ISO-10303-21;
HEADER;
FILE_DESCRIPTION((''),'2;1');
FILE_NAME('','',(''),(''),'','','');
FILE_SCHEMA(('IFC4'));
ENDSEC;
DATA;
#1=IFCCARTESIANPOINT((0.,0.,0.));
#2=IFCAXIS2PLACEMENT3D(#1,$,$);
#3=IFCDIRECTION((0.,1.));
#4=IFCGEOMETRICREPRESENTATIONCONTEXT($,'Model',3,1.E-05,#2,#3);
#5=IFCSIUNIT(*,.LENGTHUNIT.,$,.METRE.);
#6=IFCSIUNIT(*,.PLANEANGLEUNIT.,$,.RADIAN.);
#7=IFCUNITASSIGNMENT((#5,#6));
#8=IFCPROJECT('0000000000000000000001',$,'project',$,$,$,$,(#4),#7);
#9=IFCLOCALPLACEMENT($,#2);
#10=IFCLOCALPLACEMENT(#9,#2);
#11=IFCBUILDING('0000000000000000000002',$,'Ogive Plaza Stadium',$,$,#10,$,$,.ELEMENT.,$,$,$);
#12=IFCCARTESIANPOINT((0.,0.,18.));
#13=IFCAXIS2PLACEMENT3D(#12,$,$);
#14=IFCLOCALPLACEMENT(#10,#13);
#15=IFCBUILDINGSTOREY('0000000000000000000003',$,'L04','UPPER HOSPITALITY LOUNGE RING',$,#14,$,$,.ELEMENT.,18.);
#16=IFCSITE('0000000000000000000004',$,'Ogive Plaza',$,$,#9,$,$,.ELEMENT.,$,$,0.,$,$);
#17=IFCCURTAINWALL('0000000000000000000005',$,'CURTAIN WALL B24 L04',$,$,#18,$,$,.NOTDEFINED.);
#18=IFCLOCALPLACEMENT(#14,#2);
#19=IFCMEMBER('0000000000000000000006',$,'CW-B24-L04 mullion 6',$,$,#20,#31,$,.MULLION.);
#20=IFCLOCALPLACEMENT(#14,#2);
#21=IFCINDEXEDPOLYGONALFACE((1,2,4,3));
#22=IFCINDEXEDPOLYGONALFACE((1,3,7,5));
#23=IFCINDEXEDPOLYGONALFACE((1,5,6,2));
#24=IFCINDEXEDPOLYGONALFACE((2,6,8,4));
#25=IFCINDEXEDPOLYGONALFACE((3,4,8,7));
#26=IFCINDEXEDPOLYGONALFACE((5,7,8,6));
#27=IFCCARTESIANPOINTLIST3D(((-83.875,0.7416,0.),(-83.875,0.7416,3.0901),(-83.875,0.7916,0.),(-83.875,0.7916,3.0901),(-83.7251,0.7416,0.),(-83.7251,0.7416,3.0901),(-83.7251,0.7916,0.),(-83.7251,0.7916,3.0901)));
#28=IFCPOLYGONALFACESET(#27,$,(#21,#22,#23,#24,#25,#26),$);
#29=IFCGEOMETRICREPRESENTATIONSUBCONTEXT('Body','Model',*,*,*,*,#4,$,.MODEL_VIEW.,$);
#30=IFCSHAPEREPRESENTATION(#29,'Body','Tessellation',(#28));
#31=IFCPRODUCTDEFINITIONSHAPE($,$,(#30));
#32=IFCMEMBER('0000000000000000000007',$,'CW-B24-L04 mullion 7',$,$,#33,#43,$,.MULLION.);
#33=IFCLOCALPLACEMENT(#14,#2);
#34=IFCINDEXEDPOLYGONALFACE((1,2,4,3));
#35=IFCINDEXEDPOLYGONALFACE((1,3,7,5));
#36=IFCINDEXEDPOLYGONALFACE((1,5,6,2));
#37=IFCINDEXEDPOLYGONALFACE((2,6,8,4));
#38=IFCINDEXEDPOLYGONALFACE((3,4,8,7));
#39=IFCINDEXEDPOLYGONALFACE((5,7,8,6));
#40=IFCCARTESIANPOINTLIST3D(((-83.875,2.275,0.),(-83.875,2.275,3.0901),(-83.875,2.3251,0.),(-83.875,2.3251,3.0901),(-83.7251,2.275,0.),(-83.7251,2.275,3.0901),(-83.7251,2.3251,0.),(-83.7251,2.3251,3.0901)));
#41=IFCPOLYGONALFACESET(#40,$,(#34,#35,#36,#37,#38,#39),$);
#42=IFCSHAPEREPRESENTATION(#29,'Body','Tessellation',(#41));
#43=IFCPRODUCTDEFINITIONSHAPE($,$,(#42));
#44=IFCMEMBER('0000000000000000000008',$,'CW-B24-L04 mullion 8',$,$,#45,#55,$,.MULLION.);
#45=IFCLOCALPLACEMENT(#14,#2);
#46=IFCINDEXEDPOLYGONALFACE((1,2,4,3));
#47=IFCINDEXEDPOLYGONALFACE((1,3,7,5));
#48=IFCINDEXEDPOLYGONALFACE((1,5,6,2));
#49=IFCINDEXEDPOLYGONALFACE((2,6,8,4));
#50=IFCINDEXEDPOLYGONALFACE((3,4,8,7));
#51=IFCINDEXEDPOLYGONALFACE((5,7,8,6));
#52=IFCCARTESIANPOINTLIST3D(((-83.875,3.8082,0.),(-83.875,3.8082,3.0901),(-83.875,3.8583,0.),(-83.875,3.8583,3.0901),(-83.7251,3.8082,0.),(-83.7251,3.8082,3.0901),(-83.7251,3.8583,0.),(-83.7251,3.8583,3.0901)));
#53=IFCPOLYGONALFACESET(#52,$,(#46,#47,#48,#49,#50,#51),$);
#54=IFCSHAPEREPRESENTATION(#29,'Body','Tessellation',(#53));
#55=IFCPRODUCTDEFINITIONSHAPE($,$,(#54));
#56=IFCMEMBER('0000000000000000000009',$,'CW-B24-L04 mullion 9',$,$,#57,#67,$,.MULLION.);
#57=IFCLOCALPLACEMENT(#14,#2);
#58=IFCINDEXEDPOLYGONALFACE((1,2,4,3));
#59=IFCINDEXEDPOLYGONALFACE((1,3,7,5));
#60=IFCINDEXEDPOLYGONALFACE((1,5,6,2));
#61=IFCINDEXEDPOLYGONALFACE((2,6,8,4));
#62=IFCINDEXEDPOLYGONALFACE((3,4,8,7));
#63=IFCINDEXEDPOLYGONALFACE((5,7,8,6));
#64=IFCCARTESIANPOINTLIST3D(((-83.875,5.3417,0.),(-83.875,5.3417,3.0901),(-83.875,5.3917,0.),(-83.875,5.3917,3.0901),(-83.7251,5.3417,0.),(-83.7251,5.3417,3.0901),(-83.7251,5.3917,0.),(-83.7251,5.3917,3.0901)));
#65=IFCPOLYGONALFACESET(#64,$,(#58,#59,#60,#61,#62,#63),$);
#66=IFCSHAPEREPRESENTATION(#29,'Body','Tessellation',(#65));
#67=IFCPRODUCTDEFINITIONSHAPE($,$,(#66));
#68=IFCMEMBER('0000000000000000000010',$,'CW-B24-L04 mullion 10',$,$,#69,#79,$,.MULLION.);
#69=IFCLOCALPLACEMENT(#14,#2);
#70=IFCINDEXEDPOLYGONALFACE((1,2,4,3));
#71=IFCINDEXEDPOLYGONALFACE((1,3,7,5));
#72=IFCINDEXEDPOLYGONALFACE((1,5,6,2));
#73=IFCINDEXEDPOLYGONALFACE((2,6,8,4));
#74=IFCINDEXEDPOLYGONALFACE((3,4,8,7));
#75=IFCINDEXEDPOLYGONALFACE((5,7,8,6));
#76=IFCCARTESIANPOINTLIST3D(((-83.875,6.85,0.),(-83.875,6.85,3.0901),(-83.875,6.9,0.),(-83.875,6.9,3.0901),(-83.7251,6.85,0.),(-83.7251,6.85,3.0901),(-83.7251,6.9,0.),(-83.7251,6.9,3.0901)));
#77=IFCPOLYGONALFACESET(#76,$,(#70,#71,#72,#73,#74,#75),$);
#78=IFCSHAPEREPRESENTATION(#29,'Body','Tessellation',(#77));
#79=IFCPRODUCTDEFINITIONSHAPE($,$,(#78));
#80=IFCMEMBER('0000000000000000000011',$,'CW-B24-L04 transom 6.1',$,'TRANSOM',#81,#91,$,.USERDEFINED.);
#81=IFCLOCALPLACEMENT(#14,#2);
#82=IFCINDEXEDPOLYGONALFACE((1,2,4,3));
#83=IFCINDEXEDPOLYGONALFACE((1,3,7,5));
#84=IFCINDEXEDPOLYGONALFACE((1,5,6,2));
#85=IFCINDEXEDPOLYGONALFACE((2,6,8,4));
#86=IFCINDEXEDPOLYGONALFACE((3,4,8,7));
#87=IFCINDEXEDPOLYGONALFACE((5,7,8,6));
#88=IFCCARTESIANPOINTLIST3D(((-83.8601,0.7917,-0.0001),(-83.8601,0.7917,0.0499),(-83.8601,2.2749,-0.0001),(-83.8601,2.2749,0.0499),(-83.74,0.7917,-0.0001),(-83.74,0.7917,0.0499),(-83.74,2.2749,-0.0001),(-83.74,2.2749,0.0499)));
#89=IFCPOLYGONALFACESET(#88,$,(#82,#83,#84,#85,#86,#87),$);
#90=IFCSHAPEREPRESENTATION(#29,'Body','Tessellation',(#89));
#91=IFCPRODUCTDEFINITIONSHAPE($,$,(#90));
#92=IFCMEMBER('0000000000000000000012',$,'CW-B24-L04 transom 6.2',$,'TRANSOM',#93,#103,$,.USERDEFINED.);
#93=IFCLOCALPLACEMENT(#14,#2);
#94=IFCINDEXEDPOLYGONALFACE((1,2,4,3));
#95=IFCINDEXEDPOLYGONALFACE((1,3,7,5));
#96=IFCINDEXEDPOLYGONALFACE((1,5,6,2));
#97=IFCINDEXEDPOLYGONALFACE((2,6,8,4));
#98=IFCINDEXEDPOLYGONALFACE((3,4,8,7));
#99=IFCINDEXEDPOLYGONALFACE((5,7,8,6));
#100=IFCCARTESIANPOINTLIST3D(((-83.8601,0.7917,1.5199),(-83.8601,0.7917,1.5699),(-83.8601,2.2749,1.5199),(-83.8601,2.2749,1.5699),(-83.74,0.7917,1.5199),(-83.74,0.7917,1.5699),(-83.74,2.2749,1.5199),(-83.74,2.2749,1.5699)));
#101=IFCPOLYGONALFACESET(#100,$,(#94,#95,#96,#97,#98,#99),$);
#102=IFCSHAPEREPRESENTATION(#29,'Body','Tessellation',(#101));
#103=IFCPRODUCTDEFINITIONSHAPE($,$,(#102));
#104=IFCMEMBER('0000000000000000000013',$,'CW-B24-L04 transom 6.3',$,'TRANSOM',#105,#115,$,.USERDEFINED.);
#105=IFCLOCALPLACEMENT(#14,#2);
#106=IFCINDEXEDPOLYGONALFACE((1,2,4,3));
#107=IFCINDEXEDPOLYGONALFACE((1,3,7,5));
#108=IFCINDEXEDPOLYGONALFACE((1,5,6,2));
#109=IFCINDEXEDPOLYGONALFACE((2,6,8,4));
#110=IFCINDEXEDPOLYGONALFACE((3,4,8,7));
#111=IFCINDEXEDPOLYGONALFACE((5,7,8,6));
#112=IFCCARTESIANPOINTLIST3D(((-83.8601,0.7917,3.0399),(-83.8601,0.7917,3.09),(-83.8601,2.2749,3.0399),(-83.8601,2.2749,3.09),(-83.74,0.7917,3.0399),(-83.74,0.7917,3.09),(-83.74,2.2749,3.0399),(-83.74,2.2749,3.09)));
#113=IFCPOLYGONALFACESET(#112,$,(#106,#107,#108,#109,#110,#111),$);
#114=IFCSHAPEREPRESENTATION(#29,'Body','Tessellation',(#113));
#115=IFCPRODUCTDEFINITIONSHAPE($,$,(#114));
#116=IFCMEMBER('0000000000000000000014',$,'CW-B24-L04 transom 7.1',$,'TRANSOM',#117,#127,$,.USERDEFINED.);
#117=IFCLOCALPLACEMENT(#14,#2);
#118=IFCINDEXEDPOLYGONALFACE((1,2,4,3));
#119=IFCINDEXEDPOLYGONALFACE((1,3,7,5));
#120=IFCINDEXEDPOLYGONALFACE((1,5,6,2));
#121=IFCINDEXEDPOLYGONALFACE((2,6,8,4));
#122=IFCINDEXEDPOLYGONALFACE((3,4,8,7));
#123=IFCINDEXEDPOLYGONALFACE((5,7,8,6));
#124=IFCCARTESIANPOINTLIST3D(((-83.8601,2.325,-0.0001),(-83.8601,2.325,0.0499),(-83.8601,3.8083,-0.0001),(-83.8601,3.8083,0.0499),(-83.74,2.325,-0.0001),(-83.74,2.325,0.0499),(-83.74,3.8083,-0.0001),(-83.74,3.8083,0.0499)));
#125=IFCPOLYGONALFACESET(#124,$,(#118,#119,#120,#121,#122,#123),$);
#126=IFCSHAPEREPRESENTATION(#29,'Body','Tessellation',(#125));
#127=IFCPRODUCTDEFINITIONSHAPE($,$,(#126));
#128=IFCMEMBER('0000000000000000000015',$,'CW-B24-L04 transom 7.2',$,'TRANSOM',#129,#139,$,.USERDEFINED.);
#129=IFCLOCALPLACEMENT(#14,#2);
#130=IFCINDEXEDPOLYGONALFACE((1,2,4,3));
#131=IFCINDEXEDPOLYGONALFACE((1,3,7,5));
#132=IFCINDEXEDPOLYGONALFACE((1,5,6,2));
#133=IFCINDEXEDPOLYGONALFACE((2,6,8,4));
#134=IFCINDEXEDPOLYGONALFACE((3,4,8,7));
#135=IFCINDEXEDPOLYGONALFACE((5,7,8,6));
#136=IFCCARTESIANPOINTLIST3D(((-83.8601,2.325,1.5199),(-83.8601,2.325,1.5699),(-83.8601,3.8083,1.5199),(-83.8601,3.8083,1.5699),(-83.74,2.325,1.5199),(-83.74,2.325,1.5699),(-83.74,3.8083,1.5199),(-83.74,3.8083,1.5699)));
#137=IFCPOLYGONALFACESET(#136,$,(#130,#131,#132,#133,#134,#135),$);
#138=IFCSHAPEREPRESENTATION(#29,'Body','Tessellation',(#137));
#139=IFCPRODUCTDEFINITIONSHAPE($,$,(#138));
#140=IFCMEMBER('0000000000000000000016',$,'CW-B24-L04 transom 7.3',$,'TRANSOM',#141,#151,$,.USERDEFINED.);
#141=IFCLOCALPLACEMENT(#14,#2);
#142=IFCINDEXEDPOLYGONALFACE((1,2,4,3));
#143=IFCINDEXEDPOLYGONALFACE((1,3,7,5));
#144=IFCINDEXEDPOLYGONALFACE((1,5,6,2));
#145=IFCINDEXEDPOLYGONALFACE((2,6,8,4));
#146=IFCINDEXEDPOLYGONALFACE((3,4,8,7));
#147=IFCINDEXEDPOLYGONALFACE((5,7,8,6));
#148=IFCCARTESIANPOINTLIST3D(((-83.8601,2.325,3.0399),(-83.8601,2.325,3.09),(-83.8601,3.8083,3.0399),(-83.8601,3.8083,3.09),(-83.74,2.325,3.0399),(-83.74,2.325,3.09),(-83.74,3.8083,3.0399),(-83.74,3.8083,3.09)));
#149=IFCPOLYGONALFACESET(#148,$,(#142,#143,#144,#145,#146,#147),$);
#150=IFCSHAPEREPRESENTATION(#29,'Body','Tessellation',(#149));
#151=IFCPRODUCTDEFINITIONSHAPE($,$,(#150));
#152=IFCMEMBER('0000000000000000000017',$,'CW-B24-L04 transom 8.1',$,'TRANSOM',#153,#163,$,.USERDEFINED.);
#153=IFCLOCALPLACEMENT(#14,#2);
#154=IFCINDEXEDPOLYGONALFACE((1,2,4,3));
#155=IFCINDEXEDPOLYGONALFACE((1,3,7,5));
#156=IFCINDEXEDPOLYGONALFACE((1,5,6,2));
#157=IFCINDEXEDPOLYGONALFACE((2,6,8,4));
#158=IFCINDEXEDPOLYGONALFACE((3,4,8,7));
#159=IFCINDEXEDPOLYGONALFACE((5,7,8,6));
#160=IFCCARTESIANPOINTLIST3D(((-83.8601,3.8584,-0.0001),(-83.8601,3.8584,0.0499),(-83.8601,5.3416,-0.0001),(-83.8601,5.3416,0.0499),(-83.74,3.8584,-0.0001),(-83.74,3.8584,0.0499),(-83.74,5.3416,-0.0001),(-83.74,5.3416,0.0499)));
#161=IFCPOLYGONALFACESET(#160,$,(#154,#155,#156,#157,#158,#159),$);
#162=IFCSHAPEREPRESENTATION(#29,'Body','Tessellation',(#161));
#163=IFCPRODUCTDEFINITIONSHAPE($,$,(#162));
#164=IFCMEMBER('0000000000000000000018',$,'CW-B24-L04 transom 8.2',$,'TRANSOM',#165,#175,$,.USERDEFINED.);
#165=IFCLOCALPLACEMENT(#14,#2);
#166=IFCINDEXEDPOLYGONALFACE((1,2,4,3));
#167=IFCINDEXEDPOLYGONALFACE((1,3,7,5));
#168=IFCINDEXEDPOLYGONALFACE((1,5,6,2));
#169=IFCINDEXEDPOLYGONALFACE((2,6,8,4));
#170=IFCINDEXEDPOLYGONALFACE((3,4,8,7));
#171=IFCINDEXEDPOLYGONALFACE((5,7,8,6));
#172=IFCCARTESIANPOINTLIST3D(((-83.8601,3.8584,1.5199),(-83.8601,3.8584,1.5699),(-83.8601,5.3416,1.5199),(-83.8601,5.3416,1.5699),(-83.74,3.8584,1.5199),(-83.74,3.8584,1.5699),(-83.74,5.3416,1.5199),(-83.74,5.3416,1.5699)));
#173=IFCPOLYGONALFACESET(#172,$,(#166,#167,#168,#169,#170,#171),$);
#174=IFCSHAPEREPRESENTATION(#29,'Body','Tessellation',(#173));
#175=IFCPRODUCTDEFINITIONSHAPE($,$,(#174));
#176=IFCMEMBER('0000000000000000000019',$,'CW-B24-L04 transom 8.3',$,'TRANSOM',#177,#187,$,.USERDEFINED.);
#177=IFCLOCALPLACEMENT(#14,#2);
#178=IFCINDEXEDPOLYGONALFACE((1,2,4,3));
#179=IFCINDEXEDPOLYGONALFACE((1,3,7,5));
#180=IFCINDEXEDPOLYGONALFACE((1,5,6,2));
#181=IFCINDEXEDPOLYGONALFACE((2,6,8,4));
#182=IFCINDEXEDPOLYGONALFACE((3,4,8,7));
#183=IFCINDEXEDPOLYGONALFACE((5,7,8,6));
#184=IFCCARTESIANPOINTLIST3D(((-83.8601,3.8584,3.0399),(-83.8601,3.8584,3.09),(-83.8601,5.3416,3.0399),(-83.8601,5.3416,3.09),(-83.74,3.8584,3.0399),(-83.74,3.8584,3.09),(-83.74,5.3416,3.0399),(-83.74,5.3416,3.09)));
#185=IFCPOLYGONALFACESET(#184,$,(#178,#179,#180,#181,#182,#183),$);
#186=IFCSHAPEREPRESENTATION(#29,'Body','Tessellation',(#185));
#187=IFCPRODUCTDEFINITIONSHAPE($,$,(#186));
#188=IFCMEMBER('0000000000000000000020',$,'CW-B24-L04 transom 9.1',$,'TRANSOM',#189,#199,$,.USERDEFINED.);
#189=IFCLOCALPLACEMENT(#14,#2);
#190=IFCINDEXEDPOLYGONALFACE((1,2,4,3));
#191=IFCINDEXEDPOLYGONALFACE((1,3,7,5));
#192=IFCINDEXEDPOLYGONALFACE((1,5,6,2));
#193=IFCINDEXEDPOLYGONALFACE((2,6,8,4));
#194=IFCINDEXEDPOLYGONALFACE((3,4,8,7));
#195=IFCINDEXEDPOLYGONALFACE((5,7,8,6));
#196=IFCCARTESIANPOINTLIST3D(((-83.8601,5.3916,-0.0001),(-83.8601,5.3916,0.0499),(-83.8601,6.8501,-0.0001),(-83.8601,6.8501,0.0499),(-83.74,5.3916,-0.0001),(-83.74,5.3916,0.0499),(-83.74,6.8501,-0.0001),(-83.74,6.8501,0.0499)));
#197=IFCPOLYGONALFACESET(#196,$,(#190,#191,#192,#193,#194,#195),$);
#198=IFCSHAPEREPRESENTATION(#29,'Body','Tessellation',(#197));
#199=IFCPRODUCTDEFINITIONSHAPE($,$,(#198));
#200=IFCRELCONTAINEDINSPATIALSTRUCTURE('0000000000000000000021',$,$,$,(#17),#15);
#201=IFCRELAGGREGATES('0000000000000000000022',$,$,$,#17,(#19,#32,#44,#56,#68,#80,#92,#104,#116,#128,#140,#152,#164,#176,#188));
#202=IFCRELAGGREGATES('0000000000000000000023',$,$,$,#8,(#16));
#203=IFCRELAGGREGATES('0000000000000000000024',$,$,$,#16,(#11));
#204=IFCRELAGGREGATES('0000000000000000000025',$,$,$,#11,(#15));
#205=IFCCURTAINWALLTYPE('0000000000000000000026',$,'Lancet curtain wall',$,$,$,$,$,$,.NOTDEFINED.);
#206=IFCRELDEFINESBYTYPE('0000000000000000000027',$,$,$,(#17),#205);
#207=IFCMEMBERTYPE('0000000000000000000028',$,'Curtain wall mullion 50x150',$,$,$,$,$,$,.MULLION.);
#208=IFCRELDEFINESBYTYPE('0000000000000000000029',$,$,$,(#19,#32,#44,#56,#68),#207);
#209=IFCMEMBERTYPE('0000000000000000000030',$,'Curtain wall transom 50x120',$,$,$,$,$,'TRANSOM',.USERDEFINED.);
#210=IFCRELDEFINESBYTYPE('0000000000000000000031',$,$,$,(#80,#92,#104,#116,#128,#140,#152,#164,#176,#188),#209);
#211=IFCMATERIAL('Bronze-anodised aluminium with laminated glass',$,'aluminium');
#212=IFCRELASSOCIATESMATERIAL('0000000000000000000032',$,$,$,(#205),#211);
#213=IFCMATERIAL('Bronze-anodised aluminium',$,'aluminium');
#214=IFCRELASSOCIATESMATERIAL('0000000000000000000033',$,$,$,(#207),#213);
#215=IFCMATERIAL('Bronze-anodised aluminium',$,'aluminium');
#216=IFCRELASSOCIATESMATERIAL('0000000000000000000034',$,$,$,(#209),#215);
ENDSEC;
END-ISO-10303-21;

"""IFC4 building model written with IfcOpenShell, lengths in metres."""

from ifc_helpers import new_model, si_unit, direction, frame, origin, origin_2d, place, context, subcontext, project, spatial, rectangle, extrude, material, material_profile, profile_set, type_object, element, aggregate, save


model = new_model("IFC4")

# Units and contexts
model_context = context("Model", 3, precision=1e-05, world=origin(), true_north=direction((0.0, 1.0)))
body_context = subcontext(model_context, "Body", "Model", "MODEL_VIEW")
ifc_project = project(units=[si_unit("LENGTHUNIT", "METRE"), si_unit("PLANEANGLEUNIT", "RADIAN")], contexts=[model_context])

# Site, building, storey
site_placement = place(None, origin())
site = spatial("IfcSite", under=ifc_project, at=site_placement, Name="Ogive Plaza", CompositionType="ELEMENT", RefElevation=0.0)
building_placement = place(site_placement, origin())
building = spatial("IfcBuilding", under=site, at=building_placement, Name="Ogive Plaza Stadium", CompositionType="ELEMENT")
storey_placement = place(building_placement, frame((0.0, 0.0, 18.0)))
storey = spatial("IfcBuildingStorey", under=building, at=storey_placement, Name="L04", Description="UPPER HOSPITALITY LOUNGE RING", CompositionType="ELEMENT", Elevation=18.0)

# Curtain wall, members
ifc_material_1 = material(Name="Bronze-anodised aluminium with laminated glass", Category="aluminium")
curtain_wall_type = type_object("IfcCurtainWallType", Name="Lancet curtain wall", PredefinedType="NOTDEFINED", material=ifc_material_1)
curtain_wall_placement = place(storey_placement, origin())
curtain_wall = element("IfcCurtainWall", 1, at=curtain_wall_placement, inside=storey, type_object=curtain_wall_type, Name="CURTAIN WALL B24 L04", PredefinedType="NOTDEFINED")
ifc_material_2 = material(Name="Bronze-anodised aluminium", Category="aluminium")
ifc_material_profile_1 = material_profile(ifc_material_2, rectangle(XDim=0.1499, YDim=0.05, at=origin_2d()), Name="AL 150x50")
ifc_profile_set_1 = profile_set([ifc_material_profile_1], Name="Bronze-anodised aluminium")
member_type_1 = type_object("IfcMemberType", Name="Curtain wall mullion 50x150", PredefinedType="MULLION", material=ifc_profile_set_1)
member_1_placement = place(storey_placement, frame((-83.8, 0.7666, 0.0), z_axis=(0.0, 0.0, 1.0), x_axis=(-1.0, 0.0, 0.0)))
member_1 = element("IfcMember", 2, at=member_1_placement, type_object=member_type_1, Name="CW-B24-L04 mullion 6", PredefinedType="MULLION", context=body_context, shape_type="SweptSolid", body=[
    extrude(rectangle(XDim=0.1499, YDim=0.05, at=origin_2d()), origin(), (0.0, 0.0, 1.0), 3.0901),
])
member_2_placement = place(storey_placement, frame((-83.8, 2.3, 0.0), z_axis=(0.0, 0.0, 1.0), x_axis=(-1.0, 0.0, 0.0)))
member_2 = element("IfcMember", 3, at=member_2_placement, type_object=member_type_1, Name="CW-B24-L04 mullion 7", PredefinedType="MULLION", context=body_context, shape_type="SweptSolid", body=[
    extrude(rectangle(XDim=0.1499, YDim=0.05, at=origin_2d()), origin(), (0.0, 0.0, 1.0), 3.0901),
])
member_3_placement = place(storey_placement, frame((-83.8, 3.8333, 0.0), z_axis=(0.0, 0.0, 1.0), x_axis=(-1.0, 0.0, 0.0)))
member_3 = element("IfcMember", 4, at=member_3_placement, type_object=member_type_1, Name="CW-B24-L04 mullion 8", PredefinedType="MULLION", context=body_context, shape_type="SweptSolid", body=[
    extrude(rectangle(XDim=0.1499, YDim=0.05, at=origin_2d()), origin(), (0.0, 0.0, 1.0), 3.0901),
])
member_4_placement = place(storey_placement, frame((-83.8, 5.3667, 0.0), z_axis=(0.0, 0.0, 1.0), x_axis=(-1.0, 0.0, 0.0)))
member_4 = element("IfcMember", 5, at=member_4_placement, type_object=member_type_1, Name="CW-B24-L04 mullion 9", PredefinedType="MULLION", context=body_context, shape_type="SweptSolid", body=[
    extrude(rectangle(XDim=0.1499, YDim=0.05, at=origin_2d()), origin(), (0.0, 0.0, 1.0), 3.0901),
])
member_5_placement = place(storey_placement, frame((-83.8, 6.875, 0.0), z_axis=(0.0, 0.0, 1.0), x_axis=(-1.0, 0.0, 0.0)))
member_5 = element("IfcMember", 6, at=member_5_placement, type_object=member_type_1, Name="CW-B24-L04 mullion 10", PredefinedType="MULLION", context=body_context, shape_type="SweptSolid", body=[
    extrude(rectangle(XDim=0.1499, YDim=0.05, at=origin_2d()), origin(), (0.0, 0.0, 1.0), 3.0901),
])
ifc_material_3 = material(Name="Bronze-anodised aluminium", Category="aluminium")
ifc_material_profile_2 = material_profile(ifc_material_3, rectangle(XDim=0.1201, YDim=0.05, at=origin_2d()), Name="AL 120x50")
ifc_profile_set_2 = profile_set([ifc_material_profile_2], Name="Bronze-anodised aluminium")
member_type_2 = type_object("IfcMemberType", Name="Curtain wall transom 50x120", ElementType="TRANSOM", PredefinedType="USERDEFINED", material=ifc_profile_set_2)
member_6_placement = place(storey_placement, frame((-83.8, 0.7917, 0.0249), z_axis=(0.0, 1.0, 0.0), x_axis=(-1.0, 0.0, 0.0)))
member_6 = element("IfcMember", 7, at=member_6_placement, type_object=member_type_2, Name="CW-B24-L04 transom 6.1", ObjectType="TRANSOM", PredefinedType="USERDEFINED", context=body_context, shape_type="SweptSolid", body=[
    extrude(rectangle(XDim=0.1201, YDim=0.05, at=origin_2d()), origin(), (0.0, 0.0, 1.0), 1.4832),
])
member_7_placement = place(storey_placement, frame((-83.8, 0.7917, 1.5449), z_axis=(0.0, 1.0, 0.0), x_axis=(-1.0, 0.0, 0.0)))
member_7 = element("IfcMember", 8, at=member_7_placement, type_object=member_type_2, Name="CW-B24-L04 transom 6.2", ObjectType="TRANSOM", PredefinedType="USERDEFINED", context=body_context, shape_type="SweptSolid", body=[
    extrude(rectangle(XDim=0.1201, YDim=0.05, at=origin_2d()), origin(), (0.0, 0.0, 1.0), 1.4832),
])
member_8_placement = place(storey_placement, frame((-83.8, 0.7917, 3.0649), z_axis=(0.0, 1.0, 0.0), x_axis=(-1.0, 0.0, 0.0)))
member_8 = element("IfcMember", 9, at=member_8_placement, type_object=member_type_2, Name="CW-B24-L04 transom 6.3", ObjectType="TRANSOM", PredefinedType="USERDEFINED", context=body_context, shape_type="SweptSolid", body=[
    extrude(rectangle(XDim=0.1201, YDim=0.05, at=origin_2d()), origin(), (0.0, 0.0, 1.0), 1.4832),
])
member_9_placement = place(storey_placement, frame((-83.8, 2.325, 0.0249), z_axis=(0.0, 1.0, 0.0), x_axis=(-1.0, 0.0, 0.0)))
member_9 = element("IfcMember", 10, at=member_9_placement, type_object=member_type_2, Name="CW-B24-L04 transom 7.1", ObjectType="TRANSOM", PredefinedType="USERDEFINED", context=body_context, shape_type="SweptSolid", body=[
    extrude(rectangle(XDim=0.1201, YDim=0.05, at=origin_2d()), origin(), (0.0, 0.0, 1.0), 1.4834),
])
member_10_placement = place(storey_placement, frame((-83.8, 2.325, 1.5449), z_axis=(0.0, 1.0, 0.0), x_axis=(-1.0, 0.0, 0.0)))
member_10 = element("IfcMember", 11, at=member_10_placement, type_object=member_type_2, Name="CW-B24-L04 transom 7.2", ObjectType="TRANSOM", PredefinedType="USERDEFINED", context=body_context, shape_type="SweptSolid", body=[
    extrude(rectangle(XDim=0.1201, YDim=0.05, at=origin_2d()), origin(), (0.0, 0.0, 1.0), 1.4834),
])
member_11_placement = place(storey_placement, frame((-83.8, 2.325, 3.0649), z_axis=(0.0, 1.0, 0.0), x_axis=(-1.0, 0.0, 0.0)))
member_11 = element("IfcMember", 12, at=member_11_placement, type_object=member_type_2, Name="CW-B24-L04 transom 7.3", ObjectType="TRANSOM", PredefinedType="USERDEFINED", context=body_context, shape_type="SweptSolid", body=[
    extrude(rectangle(XDim=0.1201, YDim=0.05, at=origin_2d()), origin(), (0.0, 0.0, 1.0), 1.4834),
])
member_12_placement = place(storey_placement, frame((-83.8, 3.8584, 0.0249), z_axis=(0.0, 1.0, 0.0), x_axis=(-1.0, 0.0, 0.0)))
member_12 = element("IfcMember", 13, at=member_12_placement, type_object=member_type_2, Name="CW-B24-L04 transom 8.1", ObjectType="TRANSOM", PredefinedType="USERDEFINED", context=body_context, shape_type="SweptSolid", body=[
    extrude(rectangle(XDim=0.1201, YDim=0.05, at=origin_2d()), origin(), (0.0, 0.0, 1.0), 1.4832),
])
member_13_placement = place(storey_placement, frame((-83.8, 3.8584, 1.5449), z_axis=(0.0, 1.0, 0.0), x_axis=(-1.0, 0.0, 0.0)))
member_13 = element("IfcMember", 14, at=member_13_placement, type_object=member_type_2, Name="CW-B24-L04 transom 8.2", ObjectType="TRANSOM", PredefinedType="USERDEFINED", context=body_context, shape_type="SweptSolid", body=[
    extrude(rectangle(XDim=0.1201, YDim=0.05, at=origin_2d()), origin(), (0.0, 0.0, 1.0), 1.4832),
])
member_14_placement = place(storey_placement, frame((-83.8, 3.8584, 3.0649), z_axis=(0.0, 1.0, 0.0), x_axis=(-1.0, 0.0, 0.0)))
member_14 = element("IfcMember", 15, at=member_14_placement, type_object=member_type_2, Name="CW-B24-L04 transom 8.3", ObjectType="TRANSOM", PredefinedType="USERDEFINED", context=body_context, shape_type="SweptSolid", body=[
    extrude(rectangle(XDim=0.1201, YDim=0.05, at=origin_2d()), origin(), (0.0, 0.0, 1.0), 1.4832),
])
member_15_placement = place(storey_placement, frame((-83.8, 5.3916, 0.0249), z_axis=(0.0, 1.0, 0.0), x_axis=(-1.0, 0.0, 0.0)))
member_15 = element("IfcMember", 16, at=member_15_placement, type_object=member_type_2, Name="CW-B24-L04 transom 9.1", ObjectType="TRANSOM", PredefinedType="USERDEFINED", context=body_context, shape_type="SweptSolid", body=[
    extrude(rectangle(XDim=0.1201, YDim=0.05, at=origin_2d()), origin(), (0.0, 0.0, 1.0), 1.4585),
])
aggregate(curtain_wall, [member_1, member_2, member_3, member_4, member_5, member_6, member_7, member_8, member_9, member_10, member_11, member_12, member_13, member_14, member_15])

save(model, "model.ifc")
